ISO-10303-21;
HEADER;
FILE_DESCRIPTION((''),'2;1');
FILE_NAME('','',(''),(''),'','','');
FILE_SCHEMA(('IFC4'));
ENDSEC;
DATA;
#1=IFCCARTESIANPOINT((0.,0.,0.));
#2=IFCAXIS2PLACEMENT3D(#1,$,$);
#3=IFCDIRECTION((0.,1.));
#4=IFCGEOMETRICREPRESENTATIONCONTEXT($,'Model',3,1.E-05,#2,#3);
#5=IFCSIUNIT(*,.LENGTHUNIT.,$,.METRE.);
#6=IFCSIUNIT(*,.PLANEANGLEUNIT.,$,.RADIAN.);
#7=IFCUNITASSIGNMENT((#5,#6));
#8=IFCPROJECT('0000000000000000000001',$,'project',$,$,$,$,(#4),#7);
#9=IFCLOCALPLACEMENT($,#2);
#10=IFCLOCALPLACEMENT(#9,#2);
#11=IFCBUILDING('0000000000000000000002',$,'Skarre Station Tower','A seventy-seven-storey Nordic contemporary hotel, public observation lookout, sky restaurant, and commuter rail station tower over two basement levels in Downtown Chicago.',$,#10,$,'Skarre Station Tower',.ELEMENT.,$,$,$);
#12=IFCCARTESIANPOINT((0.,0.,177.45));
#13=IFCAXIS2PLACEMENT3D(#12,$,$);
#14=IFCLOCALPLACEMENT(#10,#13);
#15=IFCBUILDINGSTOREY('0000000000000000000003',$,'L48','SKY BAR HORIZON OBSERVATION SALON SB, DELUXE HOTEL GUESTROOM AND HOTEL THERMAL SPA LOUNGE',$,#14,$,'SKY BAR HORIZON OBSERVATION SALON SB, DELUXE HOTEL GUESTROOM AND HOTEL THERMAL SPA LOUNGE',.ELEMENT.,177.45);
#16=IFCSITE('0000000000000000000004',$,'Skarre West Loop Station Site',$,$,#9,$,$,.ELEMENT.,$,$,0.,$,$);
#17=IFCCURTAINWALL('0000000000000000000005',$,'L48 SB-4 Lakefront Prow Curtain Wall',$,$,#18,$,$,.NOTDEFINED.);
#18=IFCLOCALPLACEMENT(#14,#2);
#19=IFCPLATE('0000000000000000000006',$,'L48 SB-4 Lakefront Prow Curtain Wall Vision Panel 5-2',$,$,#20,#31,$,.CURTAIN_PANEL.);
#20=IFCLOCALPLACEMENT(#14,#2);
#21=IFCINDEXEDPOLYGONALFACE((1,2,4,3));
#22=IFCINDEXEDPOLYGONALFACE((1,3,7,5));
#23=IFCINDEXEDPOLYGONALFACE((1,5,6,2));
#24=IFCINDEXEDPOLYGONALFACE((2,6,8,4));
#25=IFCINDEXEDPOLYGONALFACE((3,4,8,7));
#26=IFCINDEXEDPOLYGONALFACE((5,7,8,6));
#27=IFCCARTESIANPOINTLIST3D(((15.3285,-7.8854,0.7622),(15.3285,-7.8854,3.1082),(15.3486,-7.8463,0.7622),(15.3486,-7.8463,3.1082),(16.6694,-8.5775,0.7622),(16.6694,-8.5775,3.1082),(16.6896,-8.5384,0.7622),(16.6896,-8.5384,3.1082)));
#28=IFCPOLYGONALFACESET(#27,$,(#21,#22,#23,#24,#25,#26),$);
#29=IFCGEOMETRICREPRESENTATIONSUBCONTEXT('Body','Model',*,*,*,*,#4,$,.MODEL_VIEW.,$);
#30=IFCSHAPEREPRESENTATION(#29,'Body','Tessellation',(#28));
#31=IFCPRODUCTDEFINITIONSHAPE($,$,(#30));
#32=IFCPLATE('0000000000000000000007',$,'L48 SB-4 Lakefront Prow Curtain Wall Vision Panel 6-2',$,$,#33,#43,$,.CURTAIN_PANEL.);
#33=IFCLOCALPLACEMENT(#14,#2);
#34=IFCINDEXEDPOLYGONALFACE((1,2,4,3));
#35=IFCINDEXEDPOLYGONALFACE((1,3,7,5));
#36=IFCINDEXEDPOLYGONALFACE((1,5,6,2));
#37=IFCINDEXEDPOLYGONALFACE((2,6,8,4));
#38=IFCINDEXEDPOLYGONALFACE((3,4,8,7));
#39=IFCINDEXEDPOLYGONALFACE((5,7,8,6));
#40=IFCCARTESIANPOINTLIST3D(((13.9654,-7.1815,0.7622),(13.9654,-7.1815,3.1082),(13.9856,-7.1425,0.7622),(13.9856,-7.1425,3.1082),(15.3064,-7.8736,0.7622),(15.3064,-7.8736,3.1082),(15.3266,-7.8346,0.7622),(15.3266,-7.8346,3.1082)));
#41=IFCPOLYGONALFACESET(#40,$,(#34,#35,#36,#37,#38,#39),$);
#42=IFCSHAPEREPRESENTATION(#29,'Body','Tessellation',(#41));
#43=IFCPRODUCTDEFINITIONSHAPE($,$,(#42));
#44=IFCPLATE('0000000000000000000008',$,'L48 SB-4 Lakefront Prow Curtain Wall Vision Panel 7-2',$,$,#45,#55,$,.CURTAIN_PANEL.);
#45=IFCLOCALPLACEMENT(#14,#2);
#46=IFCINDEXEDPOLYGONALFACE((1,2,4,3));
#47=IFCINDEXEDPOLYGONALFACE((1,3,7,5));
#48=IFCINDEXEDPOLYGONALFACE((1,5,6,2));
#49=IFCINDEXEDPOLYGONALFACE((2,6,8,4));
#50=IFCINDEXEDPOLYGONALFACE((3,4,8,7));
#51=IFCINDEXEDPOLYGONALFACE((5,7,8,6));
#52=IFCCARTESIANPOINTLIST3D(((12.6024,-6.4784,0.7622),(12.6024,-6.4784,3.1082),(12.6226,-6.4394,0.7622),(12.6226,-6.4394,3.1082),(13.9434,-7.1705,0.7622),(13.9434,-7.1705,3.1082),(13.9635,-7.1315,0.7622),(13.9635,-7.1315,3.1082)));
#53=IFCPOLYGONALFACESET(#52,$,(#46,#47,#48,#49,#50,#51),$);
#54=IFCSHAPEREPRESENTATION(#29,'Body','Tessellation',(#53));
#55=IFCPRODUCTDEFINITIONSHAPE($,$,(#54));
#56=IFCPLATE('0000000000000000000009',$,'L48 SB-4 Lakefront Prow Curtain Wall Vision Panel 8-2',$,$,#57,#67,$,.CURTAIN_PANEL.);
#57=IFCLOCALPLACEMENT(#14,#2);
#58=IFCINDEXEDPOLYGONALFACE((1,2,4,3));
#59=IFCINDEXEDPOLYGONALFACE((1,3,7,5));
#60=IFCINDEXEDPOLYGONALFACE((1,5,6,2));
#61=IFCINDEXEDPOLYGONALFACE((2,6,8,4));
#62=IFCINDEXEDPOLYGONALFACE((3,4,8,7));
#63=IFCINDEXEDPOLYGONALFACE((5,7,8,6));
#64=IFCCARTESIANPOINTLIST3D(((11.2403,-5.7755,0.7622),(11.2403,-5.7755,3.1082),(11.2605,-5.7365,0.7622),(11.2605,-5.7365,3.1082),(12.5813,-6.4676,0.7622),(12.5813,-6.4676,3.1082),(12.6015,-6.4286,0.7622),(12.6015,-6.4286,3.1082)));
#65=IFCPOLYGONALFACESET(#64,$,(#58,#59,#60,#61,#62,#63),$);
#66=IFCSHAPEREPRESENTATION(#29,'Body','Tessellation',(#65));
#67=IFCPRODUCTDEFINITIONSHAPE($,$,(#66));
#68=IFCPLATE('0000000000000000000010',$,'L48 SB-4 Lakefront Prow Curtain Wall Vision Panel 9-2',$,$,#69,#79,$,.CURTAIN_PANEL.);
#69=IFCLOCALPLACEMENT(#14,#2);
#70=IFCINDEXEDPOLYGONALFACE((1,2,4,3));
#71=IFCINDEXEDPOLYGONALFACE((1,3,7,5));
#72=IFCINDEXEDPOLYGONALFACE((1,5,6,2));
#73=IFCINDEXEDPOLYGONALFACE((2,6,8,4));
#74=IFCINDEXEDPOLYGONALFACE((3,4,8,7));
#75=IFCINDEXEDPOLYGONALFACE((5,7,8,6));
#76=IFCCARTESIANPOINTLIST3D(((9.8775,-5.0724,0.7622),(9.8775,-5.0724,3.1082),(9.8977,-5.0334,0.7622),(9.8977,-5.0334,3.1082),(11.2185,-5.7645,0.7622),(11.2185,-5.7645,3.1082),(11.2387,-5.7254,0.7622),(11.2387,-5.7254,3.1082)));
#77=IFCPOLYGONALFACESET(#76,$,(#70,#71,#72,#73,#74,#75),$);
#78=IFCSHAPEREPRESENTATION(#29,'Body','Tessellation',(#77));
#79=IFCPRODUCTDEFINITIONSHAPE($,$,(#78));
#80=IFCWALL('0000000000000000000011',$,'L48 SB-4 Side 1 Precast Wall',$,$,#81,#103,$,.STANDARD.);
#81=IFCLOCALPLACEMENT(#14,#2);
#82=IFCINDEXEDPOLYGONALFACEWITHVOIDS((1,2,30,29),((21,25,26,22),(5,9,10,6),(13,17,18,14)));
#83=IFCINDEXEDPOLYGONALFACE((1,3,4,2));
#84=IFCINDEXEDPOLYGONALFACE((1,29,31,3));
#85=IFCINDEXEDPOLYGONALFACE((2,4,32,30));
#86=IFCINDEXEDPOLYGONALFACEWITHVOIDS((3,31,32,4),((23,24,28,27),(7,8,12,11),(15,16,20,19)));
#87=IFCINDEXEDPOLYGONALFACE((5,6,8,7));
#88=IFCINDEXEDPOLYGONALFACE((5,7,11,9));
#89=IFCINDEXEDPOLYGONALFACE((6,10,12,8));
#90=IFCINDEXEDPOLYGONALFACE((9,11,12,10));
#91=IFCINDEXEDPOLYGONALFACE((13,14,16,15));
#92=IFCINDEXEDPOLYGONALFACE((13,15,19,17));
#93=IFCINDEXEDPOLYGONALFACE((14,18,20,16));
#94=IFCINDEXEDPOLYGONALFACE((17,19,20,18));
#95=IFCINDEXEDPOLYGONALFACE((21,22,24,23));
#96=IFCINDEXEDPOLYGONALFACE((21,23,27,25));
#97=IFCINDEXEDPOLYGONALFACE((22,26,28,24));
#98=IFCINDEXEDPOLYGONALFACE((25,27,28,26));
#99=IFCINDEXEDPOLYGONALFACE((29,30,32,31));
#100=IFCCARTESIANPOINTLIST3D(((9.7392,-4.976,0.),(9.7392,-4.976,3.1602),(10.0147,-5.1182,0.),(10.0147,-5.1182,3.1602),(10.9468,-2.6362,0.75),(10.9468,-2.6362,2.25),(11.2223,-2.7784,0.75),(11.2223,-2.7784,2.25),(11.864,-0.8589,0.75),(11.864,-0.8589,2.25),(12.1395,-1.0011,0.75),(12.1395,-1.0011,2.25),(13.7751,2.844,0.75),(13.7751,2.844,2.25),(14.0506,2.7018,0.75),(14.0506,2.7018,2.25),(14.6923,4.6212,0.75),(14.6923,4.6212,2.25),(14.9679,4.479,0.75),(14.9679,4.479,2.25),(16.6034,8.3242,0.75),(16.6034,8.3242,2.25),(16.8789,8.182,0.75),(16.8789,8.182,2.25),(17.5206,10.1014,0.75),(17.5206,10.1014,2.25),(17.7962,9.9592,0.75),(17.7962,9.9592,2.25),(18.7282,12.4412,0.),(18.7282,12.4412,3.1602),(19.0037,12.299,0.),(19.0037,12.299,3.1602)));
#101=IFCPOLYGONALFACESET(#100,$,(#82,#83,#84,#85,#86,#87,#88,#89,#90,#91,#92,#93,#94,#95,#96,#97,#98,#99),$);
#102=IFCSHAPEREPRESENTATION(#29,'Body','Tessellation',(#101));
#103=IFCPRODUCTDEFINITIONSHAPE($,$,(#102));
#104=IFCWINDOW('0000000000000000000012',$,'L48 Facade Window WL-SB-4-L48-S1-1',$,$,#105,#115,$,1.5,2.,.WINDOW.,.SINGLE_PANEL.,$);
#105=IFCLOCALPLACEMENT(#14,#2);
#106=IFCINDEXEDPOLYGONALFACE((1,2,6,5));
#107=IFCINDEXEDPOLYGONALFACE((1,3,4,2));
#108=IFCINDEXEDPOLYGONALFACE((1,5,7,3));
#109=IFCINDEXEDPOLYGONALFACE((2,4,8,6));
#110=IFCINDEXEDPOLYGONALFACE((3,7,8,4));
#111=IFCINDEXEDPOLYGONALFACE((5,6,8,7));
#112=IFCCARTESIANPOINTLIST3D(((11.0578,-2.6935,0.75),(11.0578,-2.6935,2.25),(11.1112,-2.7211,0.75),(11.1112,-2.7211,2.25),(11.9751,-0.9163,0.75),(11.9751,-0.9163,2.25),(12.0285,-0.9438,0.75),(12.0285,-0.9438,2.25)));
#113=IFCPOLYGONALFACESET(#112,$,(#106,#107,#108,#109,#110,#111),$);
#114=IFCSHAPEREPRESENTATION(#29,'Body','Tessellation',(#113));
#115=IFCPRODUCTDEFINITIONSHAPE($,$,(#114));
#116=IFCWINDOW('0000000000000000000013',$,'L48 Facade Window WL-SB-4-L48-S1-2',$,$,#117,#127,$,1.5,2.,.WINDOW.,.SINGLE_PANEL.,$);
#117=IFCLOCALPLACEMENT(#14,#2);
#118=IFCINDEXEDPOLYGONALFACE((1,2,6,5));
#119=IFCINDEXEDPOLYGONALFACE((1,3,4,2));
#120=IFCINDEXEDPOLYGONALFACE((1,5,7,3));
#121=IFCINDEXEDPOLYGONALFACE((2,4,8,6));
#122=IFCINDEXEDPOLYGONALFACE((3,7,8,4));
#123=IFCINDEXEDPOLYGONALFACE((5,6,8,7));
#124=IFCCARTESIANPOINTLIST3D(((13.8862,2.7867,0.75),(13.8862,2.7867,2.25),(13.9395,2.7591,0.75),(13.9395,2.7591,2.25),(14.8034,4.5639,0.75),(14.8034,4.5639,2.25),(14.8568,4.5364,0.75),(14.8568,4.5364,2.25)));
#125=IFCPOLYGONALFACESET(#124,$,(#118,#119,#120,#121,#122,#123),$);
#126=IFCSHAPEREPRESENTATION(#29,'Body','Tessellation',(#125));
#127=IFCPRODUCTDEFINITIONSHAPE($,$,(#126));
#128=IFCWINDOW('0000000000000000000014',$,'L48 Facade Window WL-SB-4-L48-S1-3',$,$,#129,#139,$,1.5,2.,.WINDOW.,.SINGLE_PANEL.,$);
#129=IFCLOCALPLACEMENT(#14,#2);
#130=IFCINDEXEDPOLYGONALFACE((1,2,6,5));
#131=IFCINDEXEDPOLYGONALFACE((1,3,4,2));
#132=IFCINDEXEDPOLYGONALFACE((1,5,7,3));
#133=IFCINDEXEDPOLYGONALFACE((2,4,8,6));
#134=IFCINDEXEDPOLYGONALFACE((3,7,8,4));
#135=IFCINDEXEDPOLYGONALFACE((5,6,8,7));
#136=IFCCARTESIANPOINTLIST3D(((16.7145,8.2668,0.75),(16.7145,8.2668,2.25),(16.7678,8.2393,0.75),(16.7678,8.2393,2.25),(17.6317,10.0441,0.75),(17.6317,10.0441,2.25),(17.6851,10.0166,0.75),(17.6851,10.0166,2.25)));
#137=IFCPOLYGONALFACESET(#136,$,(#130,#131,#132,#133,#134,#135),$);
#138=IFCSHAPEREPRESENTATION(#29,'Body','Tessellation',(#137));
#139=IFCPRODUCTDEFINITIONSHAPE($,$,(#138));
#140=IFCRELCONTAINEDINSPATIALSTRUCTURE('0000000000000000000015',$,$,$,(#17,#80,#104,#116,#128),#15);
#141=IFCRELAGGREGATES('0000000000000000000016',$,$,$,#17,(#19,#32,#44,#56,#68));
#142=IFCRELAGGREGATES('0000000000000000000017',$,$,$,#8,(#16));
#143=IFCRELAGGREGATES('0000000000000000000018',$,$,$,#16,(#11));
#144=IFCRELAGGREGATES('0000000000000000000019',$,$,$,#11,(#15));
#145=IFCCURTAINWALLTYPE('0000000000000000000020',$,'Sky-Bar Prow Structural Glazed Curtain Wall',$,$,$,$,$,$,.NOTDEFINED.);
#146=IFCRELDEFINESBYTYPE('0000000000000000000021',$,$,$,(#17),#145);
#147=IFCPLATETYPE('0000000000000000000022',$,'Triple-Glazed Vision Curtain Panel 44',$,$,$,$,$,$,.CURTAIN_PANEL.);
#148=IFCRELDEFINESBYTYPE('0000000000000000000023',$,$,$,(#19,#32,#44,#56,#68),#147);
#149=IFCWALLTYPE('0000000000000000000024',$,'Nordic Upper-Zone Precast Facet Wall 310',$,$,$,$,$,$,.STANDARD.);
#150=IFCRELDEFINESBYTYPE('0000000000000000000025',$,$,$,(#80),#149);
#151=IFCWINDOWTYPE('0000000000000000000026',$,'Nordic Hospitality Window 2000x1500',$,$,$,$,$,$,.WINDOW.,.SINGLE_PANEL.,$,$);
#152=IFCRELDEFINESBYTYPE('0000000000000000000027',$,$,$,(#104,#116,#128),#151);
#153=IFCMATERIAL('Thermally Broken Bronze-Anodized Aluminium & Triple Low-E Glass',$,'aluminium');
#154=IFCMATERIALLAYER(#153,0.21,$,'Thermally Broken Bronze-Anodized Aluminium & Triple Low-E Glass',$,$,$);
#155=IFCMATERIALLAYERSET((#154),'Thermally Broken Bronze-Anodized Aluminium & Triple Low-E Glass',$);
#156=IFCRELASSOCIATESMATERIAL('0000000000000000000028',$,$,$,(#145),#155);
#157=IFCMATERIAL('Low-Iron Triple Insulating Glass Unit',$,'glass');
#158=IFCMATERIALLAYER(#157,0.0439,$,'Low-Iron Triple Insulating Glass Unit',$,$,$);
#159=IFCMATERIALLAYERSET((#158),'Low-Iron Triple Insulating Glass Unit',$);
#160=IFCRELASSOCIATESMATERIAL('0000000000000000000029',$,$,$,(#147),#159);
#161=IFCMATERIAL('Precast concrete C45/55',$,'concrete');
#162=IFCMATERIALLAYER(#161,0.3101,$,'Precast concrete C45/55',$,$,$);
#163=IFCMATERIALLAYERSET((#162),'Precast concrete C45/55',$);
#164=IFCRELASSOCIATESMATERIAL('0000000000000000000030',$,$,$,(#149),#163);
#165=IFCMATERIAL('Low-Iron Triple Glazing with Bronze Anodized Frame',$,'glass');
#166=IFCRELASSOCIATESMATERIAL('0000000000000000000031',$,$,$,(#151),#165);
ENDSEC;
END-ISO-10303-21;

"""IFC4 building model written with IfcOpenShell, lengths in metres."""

from ifc_helpers import new_model, si_unit, direction, frame, frame_2d, origin, origin_2d, place, context, subcontext, project, spatial, rectangle, extrude, material, layer, layer_set, type_object, element, fill, aggregate, save


model = new_model("IFC4")

# Units and contexts
model_context = context("Model", 3, precision=1e-05, world=origin(), true_north=direction((0.0, 1.0)))
body_context = subcontext(model_context, "Body", "Model", "MODEL_VIEW")
ifc_project = project(units=[si_unit("LENGTHUNIT", "METRE"), si_unit("PLANEANGLEUNIT", "RADIAN")], contexts=[model_context])

# Site, building, storey
site_placement = place(None, origin())
site = spatial("IfcSite", under=ifc_project, at=site_placement, Name="Skarre West Loop Station Site", CompositionType="ELEMENT", RefElevation=0.0)
building_placement = place(site_placement, origin())
building = spatial("IfcBuilding", under=site, at=building_placement, Name="Skarre Station Tower", Description="A seventy-seven-storey Nordic contemporary hotel, public observation lookout, sky restaurant, and commuter rail station tower over two basement levels in Downtown Chicago.", LongName="Skarre Station Tower", CompositionType="ELEMENT")
storey_placement = place(building_placement, frame((0.0, 0.0, 177.45)))
storey = spatial("IfcBuildingStorey", under=building, at=storey_placement, Name="L48", Description="SKY BAR HORIZON OBSERVATION SALON SB, DELUXE HOTEL GUESTROOM AND HOTEL THERMAL SPA LOUNGE", LongName="SKY BAR HORIZON OBSERVATION SALON SB, DELUXE HOTEL GUESTROOM AND HOTEL THERMAL SPA LOUNGE", CompositionType="ELEMENT", Elevation=177.45)

# Curtain wall, plates
ifc_material_1 = material(Name="Thermally Broken Bronze-Anodized Aluminium & Triple Low-E Glass", Category="aluminium")
ifc_layer_1 = layer(ifc_material_1, 0.21, Name="Thermally Broken Bronze-Anodized Aluminium & Triple Low-E Glass")
ifc_layer_set_1 = layer_set([ifc_layer_1], Name="Thermally Broken Bronze-Anodized Aluminium & Triple Low-E Glass")
curtain_wall_type = type_object("IfcCurtainWallType", Name="Sky-Bar Prow Structural Glazed Curtain Wall", PredefinedType="NOTDEFINED", material=ifc_layer_set_1)
curtain_wall_placement = place(storey_placement, origin())
curtain_wall = element("IfcCurtainWall", 1, at=curtain_wall_placement, inside=storey, type_object=curtain_wall_type, Name="L48 SB-4 Lakefront Prow Curtain Wall", PredefinedType="NOTDEFINED")
ifc_material_2 = material(Name="Low-Iron Triple Insulating Glass Unit", Category="glass")
ifc_layer_2 = layer(ifc_material_2, 0.0439, Name="Low-Iron Triple Insulating Glass Unit")
ifc_layer_set_2 = layer_set([ifc_layer_2], Name="Low-Iron Triple Insulating Glass Unit")
plate_type_1 = type_object("IfcPlateType", Name="Triple-Glazed Vision Curtain Panel 44", PredefinedType="CURTAIN_PANEL", material=ifc_layer_set_2)
plate_1_placement = place(storey_placement, frame((16.009, -8.2119, 0.7622), z_axis=(0.0, 0.0, 1.0), x_axis=(-0.888625, 0.458634, 0.0)))
plate_1 = element("IfcPlate", 2, at=plate_1_placement, type_object=plate_type_1, Name="L48 SB-4 Lakefront Prow Curtain Wall Vision Panel 5-2", PredefinedType="CURTAIN_PANEL", context=body_context, shape_type="SweptSolid", body=[
    extrude(rectangle(XDim=1.509, YDim=0.0439, at=origin_2d()), origin(), (0.0, 0.0, 1.0), 2.3459),
])
plate_2_placement = place(storey_placement, frame((14.646, -7.5081, 0.7622), z_axis=(0.0, 0.0, 1.0), x_axis=(-0.888625, 0.458634, 0.0)))
plate_2 = element("IfcPlate", 3, at=plate_2_placement, type_object=plate_type_1, Name="L48 SB-4 Lakefront Prow Curtain Wall Vision Panel 6-2", PredefinedType="CURTAIN_PANEL", context=body_context, shape_type="SweptSolid", body=[
    extrude(rectangle(XDim=1.509, YDim=0.0439, at=origin_2d()), origin(), (0.0, 0.0, 1.0), 2.3459),
])
plate_3_placement = place(storey_placement, frame((13.283, -6.8049, 0.7622), z_axis=(0.0, 0.0, 1.0), x_axis=(-0.888625, 0.458634, 0.0)))
plate_3 = element("IfcPlate", 4, at=plate_3_placement, type_object=plate_type_1, Name="L48 SB-4 Lakefront Prow Curtain Wall Vision Panel 7-2", PredefinedType="CURTAIN_PANEL", context=body_context, shape_type="SweptSolid", body=[
    extrude(rectangle(XDim=1.509, YDim=0.0439, at=origin_2d()), origin(), (0.0, 0.0, 1.0), 2.3459),
])
plate_4_placement = place(storey_placement, frame((11.9209, -6.1021, 0.7622), z_axis=(0.0, 0.0, 1.0), x_axis=(-0.888625, 0.458634, 0.0)))
plate_4 = element("IfcPlate", 5, at=plate_4_placement, type_object=plate_type_1, Name="L48 SB-4 Lakefront Prow Curtain Wall Vision Panel 8-2", PredefinedType="CURTAIN_PANEL", context=body_context, shape_type="SweptSolid", body=[
    extrude(rectangle(XDim=1.509, YDim=0.0439, at=origin_2d()), origin(), (0.0, 0.0, 1.0), 2.3459),
])
plate_5_placement = place(storey_placement, frame((10.5581, -5.3989, 0.7622), z_axis=(0.0, 0.0, 1.0), x_axis=(-0.888625, 0.458634, 0.0)))
plate_5 = element("IfcPlate", 6, at=plate_5_placement, type_object=plate_type_1, Name="L48 SB-4 Lakefront Prow Curtain Wall Vision Panel 9-2", PredefinedType="CURTAIN_PANEL", context=body_context, shape_type="SweptSolid", body=[
    extrude(rectangle(XDim=1.509, YDim=0.0439, at=origin_2d()), origin(), (0.0, 0.0, 1.0), 2.3459),
])
aggregate(curtain_wall, [plate_1, plate_2, plate_3, plate_4, plate_5])

# Wall, openings, windows
ifc_material_3 = material(Name="Precast concrete C45/55", Category="concrete")
ifc_layer_3 = layer(ifc_material_3, 0.3101, Name="Precast concrete C45/55")
ifc_layer_set_3 = layer_set([ifc_layer_3], Name="Precast concrete C45/55")
wall_type = type_object("IfcWallType", Name="Nordic Upper-Zone Precast Facet Wall 310", PredefinedType="STANDARD", material=ifc_layer_set_3)
wall_placement = place(storey_placement, frame((9.877, -5.0471, 0.0), z_axis=(0.0, 0.0, 1.0), x_axis=(0.458622, 0.888632, 0.0)))
wall = element("IfcWall", 7, at=wall_placement, inside=storey, type_object=wall_type, Name="L48 SB-4 Side 1 Precast Wall", PredefinedType="STANDARD", context=body_context, shape_type="SweptSolid", body=[
    extrude(rectangle(XDim=19.6001, YDim=0.3101, at=frame_2d((9.8, 0.0))), origin(), (0.0, 0.0, 1.0), 3.1602),
])
opening_1_placement = place(wall_placement, frame((2.6331, 0.0, 0.75)))
opening_1 = element("IfcOpeningElement", 8, at=opening_1_placement, cuts=wall, PredefinedType="OPENING", context=body_context, shape_type="SweptSolid", body=[
    extrude(rectangle(XDim=2.0, YDim=1.5, at=frame_2d((1.0, 0.75))), frame((0.0, 0.165, 0.0), z_axis=(0.0, -1.0, 0.0), x_axis=(1.0, 0.0, 0.0)), (0.0, 0.0, 1.0), 0.3301),
])
opening_2_placement = place(wall_placement, frame((8.8, 0.0, 0.75)))
opening_2 = element("IfcOpeningElement", 9, at=opening_2_placement, cuts=wall, PredefinedType="OPENING", context=body_context, shape_type="SweptSolid", body=[
    extrude(rectangle(XDim=2.0, YDim=1.5, at=frame_2d((1.0, 0.75))), frame((0.0, 0.165, 0.0), z_axis=(0.0, -1.0, 0.0), x_axis=(1.0, 0.0, 0.0)), (0.0, 0.0, 1.0), 0.3301),
])
opening_3_placement = place(wall_placement, frame((14.967, 0.0, 0.75)))
opening_3 = element("IfcOpeningElement", 10, at=opening_3_placement, cuts=wall, PredefinedType="OPENING", context=body_context, shape_type="SweptSolid", body=[
    extrude(rectangle(XDim=2.0, YDim=1.5, at=frame_2d((1.0, 0.75))), frame((0.0, 0.165, 0.0), z_axis=(0.0, -1.0, 0.0), x_axis=(1.0, 0.0, 0.0)), (0.0, 0.0, 1.0), 0.3301),
])
ifc_material_4 = material(Name="Low-Iron Triple Glazing with Bronze Anodized Frame", Category="glass")
window_type = type_object("IfcWindowType", Name="Nordic Hospitality Window 2000x1500", PartitioningType="SINGLE_PANEL", PredefinedType="WINDOW", material=ifc_material_4)
window_1_placement = place(opening_1_placement, origin())
window_1 = element("IfcWindow", 11, at=window_1_placement, inside=storey, type_object=window_type, Name="L48 Facade Window WL-SB-4-L48-S1-1", OverallHeight=1.5, OverallWidth=2.0, PartitioningType="SINGLE_PANEL", PredefinedType="WINDOW", context=body_context, shape_type="SweptSolid", body=[
    extrude(rectangle(XDim=2.0, YDim=1.5, at=frame_2d((1.0, 0.75))), frame((0.0, 0.03, 0.0), z_axis=(0.0, -1.0, 0.0), x_axis=(1.0, 0.0, 0.0)), (0.0, 0.0, 1.0), 0.0601),
])
fill(opening_1, window_1)
window_2_placement = place(opening_2_placement, origin())
window_2 = element("IfcWindow", 12, at=window_2_placement, inside=storey, type_object=window_type, Name="L48 Facade Window WL-SB-4-L48-S1-2", OverallHeight=1.5, OverallWidth=2.0, PartitioningType="SINGLE_PANEL", PredefinedType="WINDOW", context=body_context, shape_type="SweptSolid", body=[
    extrude(rectangle(XDim=2.0, YDim=1.5, at=frame_2d((1.0, 0.75))), frame((0.0, 0.03, 0.0), z_axis=(0.0, -1.0, 0.0), x_axis=(1.0, 0.0, 0.0)), (0.0, 0.0, 1.0), 0.0601),
])
fill(opening_2, window_2)
window_3_placement = place(opening_3_placement, origin())
window_3 = element("IfcWindow", 13, at=window_3_placement, inside=storey, type_object=window_type, Name="L48 Facade Window WL-SB-4-L48-S1-3", OverallHeight=1.5, OverallWidth=2.0, PartitioningType="SINGLE_PANEL", PredefinedType="WINDOW", context=body_context, shape_type="SweptSolid", body=[
    extrude(rectangle(XDim=2.0, YDim=1.5, at=frame_2d((1.0, 0.75))), frame((0.0, 0.03, 0.0), z_axis=(0.0, -1.0, 0.0), x_axis=(1.0, 0.0, 0.0)), (0.0, 0.0, 1.0), 0.0601),
])
fill(opening_3, window_3)

save(model, "model.ifc")
